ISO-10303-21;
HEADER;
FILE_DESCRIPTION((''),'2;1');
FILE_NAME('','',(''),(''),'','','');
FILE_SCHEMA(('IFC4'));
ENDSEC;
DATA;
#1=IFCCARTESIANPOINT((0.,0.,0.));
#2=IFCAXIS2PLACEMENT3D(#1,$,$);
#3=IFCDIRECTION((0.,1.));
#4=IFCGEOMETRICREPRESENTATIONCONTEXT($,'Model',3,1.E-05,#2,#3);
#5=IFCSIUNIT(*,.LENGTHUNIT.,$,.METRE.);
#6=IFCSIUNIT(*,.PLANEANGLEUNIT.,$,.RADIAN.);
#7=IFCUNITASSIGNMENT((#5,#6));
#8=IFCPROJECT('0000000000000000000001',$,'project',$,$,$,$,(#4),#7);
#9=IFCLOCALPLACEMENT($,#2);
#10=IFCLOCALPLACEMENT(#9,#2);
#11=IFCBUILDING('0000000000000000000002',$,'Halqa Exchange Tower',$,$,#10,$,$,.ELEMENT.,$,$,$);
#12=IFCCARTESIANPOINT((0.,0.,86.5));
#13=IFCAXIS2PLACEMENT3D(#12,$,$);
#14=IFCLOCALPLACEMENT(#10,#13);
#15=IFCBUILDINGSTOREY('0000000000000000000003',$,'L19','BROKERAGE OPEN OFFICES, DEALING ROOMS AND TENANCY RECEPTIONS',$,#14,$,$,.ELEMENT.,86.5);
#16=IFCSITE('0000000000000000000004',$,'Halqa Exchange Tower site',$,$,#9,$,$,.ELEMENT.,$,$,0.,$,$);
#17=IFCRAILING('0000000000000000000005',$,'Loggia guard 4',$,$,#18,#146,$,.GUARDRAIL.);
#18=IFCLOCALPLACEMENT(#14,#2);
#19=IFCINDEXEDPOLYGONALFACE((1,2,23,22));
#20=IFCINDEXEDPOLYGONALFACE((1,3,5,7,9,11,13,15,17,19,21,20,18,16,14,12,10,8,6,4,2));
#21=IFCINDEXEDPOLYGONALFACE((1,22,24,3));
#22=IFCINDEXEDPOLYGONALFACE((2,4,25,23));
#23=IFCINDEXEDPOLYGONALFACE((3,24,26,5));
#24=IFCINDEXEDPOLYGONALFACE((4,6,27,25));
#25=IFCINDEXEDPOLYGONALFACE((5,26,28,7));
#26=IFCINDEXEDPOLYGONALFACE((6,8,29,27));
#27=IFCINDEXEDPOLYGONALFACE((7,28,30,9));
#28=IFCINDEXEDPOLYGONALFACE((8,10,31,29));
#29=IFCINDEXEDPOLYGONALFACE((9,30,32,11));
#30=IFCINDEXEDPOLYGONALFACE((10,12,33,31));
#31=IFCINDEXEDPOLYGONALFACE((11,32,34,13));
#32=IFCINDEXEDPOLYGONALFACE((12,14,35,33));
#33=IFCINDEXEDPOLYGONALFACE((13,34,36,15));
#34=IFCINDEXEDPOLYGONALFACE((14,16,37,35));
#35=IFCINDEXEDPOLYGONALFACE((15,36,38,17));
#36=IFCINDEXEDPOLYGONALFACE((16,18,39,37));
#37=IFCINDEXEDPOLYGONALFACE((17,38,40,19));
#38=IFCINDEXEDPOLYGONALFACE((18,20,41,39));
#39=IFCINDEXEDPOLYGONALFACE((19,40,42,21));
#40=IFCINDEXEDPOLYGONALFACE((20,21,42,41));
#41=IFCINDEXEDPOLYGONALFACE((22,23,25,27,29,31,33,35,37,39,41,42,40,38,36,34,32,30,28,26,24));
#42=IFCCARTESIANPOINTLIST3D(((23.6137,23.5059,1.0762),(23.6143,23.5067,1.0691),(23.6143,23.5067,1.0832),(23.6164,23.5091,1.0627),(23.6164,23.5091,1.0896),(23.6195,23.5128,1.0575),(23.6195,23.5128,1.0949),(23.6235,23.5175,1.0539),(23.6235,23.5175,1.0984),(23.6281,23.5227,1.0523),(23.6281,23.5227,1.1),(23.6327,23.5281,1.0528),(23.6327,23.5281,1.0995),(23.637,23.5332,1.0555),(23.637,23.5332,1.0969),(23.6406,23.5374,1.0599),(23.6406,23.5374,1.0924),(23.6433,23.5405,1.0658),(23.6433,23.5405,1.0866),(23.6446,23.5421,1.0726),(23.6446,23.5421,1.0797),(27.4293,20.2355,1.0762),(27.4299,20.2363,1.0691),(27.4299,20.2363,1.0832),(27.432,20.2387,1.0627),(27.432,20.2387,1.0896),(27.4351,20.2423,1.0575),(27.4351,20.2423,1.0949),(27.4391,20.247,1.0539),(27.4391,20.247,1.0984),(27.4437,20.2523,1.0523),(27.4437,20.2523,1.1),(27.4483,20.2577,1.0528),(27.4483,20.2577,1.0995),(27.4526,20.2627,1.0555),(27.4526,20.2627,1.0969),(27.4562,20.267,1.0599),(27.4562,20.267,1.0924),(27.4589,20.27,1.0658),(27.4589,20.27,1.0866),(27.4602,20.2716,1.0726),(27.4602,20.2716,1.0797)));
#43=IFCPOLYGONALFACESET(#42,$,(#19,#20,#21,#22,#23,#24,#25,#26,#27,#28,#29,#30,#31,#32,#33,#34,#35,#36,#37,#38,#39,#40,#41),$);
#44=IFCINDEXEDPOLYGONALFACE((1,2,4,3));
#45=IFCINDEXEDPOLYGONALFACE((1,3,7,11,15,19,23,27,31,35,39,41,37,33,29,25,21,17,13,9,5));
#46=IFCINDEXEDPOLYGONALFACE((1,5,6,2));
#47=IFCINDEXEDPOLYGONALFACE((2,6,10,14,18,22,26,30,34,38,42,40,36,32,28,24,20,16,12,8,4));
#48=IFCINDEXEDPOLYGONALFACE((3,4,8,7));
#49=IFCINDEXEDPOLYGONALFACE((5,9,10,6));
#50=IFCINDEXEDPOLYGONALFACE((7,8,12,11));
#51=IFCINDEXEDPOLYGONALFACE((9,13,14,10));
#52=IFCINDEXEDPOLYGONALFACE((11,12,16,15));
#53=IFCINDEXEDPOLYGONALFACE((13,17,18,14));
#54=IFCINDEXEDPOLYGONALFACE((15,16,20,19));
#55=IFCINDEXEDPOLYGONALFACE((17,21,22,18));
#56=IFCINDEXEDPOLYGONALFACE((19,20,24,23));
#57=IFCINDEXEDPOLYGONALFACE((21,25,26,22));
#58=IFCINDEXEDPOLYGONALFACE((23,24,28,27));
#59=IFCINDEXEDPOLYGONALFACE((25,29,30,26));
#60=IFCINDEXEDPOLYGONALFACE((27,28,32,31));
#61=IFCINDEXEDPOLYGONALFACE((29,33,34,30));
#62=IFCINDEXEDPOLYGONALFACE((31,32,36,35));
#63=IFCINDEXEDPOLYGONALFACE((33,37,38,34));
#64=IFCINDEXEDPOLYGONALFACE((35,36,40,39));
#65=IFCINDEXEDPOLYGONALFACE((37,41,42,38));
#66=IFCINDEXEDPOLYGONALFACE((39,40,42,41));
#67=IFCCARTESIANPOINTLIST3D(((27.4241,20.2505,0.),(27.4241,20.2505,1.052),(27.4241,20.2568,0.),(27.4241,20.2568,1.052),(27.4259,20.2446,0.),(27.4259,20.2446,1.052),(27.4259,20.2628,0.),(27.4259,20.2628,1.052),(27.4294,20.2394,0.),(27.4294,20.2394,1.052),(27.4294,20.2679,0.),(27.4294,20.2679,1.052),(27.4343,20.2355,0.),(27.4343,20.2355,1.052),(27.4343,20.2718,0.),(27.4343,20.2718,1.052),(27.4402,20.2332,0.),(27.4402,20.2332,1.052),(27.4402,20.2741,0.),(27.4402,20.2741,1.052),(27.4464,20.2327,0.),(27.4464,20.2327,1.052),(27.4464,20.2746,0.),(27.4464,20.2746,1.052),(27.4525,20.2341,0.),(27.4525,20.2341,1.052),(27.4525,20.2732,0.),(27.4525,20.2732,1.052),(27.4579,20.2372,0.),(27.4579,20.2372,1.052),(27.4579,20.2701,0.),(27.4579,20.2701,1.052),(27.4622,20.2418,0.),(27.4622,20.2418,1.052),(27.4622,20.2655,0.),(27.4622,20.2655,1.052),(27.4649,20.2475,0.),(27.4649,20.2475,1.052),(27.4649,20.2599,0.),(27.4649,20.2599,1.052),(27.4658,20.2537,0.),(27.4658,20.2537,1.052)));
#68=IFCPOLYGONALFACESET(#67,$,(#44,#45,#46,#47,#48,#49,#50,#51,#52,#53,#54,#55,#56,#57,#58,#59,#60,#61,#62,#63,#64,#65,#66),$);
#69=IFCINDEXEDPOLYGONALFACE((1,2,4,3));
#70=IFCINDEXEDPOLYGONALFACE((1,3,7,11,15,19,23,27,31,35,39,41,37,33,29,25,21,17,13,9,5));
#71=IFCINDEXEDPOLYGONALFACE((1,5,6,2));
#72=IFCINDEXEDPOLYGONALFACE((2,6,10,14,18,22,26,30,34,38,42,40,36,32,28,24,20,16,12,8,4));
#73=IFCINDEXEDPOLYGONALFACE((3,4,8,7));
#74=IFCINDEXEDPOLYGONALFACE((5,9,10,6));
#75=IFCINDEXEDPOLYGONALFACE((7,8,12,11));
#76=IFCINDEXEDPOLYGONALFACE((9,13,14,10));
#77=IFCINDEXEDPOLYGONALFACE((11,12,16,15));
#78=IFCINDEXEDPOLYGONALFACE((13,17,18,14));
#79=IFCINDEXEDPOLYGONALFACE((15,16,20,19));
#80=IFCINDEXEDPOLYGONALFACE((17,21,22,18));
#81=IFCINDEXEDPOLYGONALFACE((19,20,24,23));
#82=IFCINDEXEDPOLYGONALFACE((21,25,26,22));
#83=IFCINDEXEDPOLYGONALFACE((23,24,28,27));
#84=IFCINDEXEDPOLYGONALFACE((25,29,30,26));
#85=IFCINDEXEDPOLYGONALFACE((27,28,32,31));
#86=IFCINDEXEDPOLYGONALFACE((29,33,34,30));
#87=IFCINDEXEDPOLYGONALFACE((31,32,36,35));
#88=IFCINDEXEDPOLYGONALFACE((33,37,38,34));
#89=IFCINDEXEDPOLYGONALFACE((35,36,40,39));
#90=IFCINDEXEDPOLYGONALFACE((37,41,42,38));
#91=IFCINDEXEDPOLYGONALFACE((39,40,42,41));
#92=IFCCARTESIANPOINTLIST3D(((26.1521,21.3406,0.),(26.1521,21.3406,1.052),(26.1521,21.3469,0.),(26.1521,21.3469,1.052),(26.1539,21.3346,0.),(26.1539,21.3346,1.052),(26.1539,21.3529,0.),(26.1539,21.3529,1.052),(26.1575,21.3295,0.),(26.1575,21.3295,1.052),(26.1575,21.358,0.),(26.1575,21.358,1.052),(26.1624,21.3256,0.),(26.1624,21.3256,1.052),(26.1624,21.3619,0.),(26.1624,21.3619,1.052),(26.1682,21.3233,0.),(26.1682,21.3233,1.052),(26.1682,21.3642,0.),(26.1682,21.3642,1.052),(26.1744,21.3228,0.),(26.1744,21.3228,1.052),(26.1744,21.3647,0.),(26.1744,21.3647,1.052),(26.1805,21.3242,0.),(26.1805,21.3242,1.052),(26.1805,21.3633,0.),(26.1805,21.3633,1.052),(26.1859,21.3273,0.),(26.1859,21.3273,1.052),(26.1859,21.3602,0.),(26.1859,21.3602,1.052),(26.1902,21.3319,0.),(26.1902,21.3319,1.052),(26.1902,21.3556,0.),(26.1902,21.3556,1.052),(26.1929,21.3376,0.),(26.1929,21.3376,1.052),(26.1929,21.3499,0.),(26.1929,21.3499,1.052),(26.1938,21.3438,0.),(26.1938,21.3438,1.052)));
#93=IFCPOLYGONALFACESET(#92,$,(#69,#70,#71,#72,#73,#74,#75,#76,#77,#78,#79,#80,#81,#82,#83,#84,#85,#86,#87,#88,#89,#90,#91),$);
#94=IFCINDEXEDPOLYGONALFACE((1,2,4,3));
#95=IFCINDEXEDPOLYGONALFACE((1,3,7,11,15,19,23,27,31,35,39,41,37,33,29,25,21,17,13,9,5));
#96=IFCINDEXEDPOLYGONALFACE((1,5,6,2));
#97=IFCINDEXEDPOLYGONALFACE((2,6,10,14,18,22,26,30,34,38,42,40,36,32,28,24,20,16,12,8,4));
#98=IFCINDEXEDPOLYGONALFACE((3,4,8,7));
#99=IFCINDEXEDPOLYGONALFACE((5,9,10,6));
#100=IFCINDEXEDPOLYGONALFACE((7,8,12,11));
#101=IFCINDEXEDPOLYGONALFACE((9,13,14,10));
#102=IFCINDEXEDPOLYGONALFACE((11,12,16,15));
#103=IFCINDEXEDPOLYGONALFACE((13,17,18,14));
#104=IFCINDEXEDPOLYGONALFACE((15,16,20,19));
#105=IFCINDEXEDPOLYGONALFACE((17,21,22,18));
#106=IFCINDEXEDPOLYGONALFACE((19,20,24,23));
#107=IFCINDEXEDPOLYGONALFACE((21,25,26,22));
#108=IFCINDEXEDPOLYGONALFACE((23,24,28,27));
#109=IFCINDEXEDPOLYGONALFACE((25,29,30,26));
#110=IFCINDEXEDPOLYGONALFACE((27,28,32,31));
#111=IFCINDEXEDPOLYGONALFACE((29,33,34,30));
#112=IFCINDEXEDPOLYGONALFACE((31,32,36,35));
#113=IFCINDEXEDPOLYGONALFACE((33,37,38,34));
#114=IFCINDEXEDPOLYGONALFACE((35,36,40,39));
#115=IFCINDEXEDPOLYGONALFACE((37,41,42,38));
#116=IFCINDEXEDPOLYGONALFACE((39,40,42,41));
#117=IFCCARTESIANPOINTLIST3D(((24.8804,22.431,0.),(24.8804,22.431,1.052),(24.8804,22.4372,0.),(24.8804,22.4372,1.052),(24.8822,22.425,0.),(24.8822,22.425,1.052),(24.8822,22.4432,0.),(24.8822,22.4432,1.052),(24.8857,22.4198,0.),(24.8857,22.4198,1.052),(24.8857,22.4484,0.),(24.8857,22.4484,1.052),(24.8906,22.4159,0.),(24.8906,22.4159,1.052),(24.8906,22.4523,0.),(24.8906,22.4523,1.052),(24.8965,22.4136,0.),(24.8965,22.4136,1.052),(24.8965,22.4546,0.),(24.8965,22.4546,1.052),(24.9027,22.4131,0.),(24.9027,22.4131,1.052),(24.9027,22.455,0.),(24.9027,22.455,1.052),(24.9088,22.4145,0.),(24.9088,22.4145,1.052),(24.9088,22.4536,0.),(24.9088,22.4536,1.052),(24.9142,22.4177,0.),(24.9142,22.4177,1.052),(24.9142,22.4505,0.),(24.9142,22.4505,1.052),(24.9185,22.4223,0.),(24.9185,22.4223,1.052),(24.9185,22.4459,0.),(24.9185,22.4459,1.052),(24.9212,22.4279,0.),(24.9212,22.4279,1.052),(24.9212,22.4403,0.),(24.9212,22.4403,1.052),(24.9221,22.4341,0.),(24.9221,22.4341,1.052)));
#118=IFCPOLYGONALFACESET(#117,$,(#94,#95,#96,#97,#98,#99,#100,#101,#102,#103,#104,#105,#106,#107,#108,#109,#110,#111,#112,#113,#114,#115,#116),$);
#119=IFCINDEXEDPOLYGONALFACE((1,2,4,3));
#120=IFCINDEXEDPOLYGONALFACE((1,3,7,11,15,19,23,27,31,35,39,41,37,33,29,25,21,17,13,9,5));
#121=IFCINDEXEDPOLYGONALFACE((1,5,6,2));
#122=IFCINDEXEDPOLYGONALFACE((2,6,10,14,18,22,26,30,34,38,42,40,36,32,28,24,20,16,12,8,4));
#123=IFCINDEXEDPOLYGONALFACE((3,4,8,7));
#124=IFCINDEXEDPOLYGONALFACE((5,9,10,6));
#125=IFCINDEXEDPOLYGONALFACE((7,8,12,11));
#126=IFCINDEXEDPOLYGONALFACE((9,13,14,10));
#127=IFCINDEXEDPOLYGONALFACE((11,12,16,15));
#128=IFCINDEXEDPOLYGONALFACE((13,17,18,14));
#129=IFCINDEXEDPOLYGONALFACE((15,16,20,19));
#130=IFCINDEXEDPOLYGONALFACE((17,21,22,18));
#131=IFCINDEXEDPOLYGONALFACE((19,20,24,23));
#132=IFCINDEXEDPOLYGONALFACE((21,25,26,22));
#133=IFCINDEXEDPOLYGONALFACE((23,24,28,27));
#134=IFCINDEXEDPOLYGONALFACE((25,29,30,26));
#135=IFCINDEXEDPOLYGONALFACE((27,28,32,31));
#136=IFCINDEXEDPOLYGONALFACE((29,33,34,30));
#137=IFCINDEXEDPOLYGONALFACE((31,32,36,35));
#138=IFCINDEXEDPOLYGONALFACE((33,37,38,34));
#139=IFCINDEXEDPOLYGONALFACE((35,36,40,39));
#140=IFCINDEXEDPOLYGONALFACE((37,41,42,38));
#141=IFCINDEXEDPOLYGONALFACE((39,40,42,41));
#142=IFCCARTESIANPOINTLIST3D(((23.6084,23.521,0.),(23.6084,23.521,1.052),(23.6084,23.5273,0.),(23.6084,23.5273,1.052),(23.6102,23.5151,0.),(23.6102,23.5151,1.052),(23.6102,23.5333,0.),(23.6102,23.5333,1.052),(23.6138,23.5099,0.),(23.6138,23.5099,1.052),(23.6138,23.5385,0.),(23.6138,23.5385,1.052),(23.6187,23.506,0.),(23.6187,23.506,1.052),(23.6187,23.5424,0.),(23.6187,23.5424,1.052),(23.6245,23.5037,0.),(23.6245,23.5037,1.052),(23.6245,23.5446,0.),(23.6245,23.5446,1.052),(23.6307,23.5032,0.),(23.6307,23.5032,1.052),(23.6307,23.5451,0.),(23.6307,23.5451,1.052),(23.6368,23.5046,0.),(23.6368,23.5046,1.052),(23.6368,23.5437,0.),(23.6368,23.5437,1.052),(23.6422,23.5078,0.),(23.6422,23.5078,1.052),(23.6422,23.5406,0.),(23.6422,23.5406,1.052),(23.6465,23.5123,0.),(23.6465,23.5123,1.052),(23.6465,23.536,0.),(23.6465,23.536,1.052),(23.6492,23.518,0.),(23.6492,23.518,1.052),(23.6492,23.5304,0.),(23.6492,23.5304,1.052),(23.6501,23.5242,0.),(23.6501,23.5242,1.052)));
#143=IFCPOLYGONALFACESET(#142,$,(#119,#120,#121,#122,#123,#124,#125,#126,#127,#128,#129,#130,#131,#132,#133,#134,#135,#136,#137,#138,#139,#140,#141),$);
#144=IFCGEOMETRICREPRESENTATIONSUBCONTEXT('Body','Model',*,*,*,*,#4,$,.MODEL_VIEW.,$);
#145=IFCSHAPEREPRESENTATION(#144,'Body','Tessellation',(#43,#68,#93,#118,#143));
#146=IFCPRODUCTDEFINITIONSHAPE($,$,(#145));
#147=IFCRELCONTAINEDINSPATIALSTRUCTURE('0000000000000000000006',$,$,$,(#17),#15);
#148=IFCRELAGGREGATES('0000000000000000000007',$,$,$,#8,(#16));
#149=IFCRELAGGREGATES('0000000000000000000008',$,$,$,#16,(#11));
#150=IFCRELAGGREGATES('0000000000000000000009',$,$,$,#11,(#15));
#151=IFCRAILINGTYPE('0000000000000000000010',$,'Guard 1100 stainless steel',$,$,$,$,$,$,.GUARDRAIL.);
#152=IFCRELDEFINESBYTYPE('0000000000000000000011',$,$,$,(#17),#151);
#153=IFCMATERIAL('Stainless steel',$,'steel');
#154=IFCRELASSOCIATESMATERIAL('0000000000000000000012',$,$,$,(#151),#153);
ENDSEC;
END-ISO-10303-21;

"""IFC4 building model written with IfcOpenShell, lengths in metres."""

from ifc_helpers import new_model, si_unit, direction, frame, origin, origin_2d, place, context, subcontext, project, spatial, circle, extrude, material, type_object, element, save


model = new_model("IFC4")

# Units and contexts
model_context = context("Model", 3, precision=1e-05, world=origin(), true_north=direction((0.0, 1.0)))
body_context = subcontext(model_context, "Body", "Model", "MODEL_VIEW")
ifc_project = project(units=[si_unit("LENGTHUNIT", "METRE"), si_unit("PLANEANGLEUNIT", "RADIAN")], contexts=[model_context])

# Site, building, storey
site_placement = place(None, origin())
site = spatial("IfcSite", under=ifc_project, at=site_placement, Name="Halqa Exchange Tower site", CompositionType="ELEMENT", RefElevation=0.0)
building_placement = place(site_placement, origin())
building = spatial("IfcBuilding", under=site, at=building_placement, Name="Halqa Exchange Tower", CompositionType="ELEMENT")
storey_placement = place(building_placement, frame((0.0, 0.0, 86.5)))
storey = spatial("IfcBuildingStorey", under=building, at=storey_placement, Name="L19", Description="BROKERAGE OPEN OFFICES, DEALING ROOMS AND TENANCY RECEPTIONS", CompositionType="ELEMENT", Elevation=86.5)

# Railing
ifc_material_1 = material(Name="Stainless steel", Category="steel")
railing_type = type_object("IfcRailingType", Name="Guard 1100 stainless steel", PredefinedType="GUARDRAIL", material=ifc_material_1)
railing_1_placement = place(storey_placement, frame((27.4448, 20.2537, 0.0)))
element("IfcRailing", 1, at=railing_1_placement, inside=storey, type_object=railing_type, Name="Loggia guard 4", PredefinedType="GUARDRAIL", context=body_context, shape_type="SweptSolid", body=[
    extrude(circle(Radius=0.0239, at=origin_2d()), frame((0.0, 0.0, 1.0762), z_axis=(-0.759263, 0.650783, 0.0), x_axis=(-0.650783, -0.759263, 0.0)), (0.0, 0.0, 1.0), 5.0254),
    extrude(circle(Radius=0.021, at=origin_2d()), origin(), (0.0, 0.0, 1.0), 1.052),
    extrude(circle(Radius=0.021, at=origin_2d()), frame((-1.272, 1.0901, 0.0)), (0.0, 0.0, 1.0), 1.052),
    extrude(circle(Radius=0.021, at=origin_2d()), frame((-2.5437, 2.1804, 0.0)), (0.0, 0.0, 1.0), 1.052),
    extrude(circle(Radius=0.021, at=origin_2d()), frame((-3.8157, 3.2705, 0.0)), (0.0, 0.0, 1.0), 1.052),
])

save(model, "model.ifc")
